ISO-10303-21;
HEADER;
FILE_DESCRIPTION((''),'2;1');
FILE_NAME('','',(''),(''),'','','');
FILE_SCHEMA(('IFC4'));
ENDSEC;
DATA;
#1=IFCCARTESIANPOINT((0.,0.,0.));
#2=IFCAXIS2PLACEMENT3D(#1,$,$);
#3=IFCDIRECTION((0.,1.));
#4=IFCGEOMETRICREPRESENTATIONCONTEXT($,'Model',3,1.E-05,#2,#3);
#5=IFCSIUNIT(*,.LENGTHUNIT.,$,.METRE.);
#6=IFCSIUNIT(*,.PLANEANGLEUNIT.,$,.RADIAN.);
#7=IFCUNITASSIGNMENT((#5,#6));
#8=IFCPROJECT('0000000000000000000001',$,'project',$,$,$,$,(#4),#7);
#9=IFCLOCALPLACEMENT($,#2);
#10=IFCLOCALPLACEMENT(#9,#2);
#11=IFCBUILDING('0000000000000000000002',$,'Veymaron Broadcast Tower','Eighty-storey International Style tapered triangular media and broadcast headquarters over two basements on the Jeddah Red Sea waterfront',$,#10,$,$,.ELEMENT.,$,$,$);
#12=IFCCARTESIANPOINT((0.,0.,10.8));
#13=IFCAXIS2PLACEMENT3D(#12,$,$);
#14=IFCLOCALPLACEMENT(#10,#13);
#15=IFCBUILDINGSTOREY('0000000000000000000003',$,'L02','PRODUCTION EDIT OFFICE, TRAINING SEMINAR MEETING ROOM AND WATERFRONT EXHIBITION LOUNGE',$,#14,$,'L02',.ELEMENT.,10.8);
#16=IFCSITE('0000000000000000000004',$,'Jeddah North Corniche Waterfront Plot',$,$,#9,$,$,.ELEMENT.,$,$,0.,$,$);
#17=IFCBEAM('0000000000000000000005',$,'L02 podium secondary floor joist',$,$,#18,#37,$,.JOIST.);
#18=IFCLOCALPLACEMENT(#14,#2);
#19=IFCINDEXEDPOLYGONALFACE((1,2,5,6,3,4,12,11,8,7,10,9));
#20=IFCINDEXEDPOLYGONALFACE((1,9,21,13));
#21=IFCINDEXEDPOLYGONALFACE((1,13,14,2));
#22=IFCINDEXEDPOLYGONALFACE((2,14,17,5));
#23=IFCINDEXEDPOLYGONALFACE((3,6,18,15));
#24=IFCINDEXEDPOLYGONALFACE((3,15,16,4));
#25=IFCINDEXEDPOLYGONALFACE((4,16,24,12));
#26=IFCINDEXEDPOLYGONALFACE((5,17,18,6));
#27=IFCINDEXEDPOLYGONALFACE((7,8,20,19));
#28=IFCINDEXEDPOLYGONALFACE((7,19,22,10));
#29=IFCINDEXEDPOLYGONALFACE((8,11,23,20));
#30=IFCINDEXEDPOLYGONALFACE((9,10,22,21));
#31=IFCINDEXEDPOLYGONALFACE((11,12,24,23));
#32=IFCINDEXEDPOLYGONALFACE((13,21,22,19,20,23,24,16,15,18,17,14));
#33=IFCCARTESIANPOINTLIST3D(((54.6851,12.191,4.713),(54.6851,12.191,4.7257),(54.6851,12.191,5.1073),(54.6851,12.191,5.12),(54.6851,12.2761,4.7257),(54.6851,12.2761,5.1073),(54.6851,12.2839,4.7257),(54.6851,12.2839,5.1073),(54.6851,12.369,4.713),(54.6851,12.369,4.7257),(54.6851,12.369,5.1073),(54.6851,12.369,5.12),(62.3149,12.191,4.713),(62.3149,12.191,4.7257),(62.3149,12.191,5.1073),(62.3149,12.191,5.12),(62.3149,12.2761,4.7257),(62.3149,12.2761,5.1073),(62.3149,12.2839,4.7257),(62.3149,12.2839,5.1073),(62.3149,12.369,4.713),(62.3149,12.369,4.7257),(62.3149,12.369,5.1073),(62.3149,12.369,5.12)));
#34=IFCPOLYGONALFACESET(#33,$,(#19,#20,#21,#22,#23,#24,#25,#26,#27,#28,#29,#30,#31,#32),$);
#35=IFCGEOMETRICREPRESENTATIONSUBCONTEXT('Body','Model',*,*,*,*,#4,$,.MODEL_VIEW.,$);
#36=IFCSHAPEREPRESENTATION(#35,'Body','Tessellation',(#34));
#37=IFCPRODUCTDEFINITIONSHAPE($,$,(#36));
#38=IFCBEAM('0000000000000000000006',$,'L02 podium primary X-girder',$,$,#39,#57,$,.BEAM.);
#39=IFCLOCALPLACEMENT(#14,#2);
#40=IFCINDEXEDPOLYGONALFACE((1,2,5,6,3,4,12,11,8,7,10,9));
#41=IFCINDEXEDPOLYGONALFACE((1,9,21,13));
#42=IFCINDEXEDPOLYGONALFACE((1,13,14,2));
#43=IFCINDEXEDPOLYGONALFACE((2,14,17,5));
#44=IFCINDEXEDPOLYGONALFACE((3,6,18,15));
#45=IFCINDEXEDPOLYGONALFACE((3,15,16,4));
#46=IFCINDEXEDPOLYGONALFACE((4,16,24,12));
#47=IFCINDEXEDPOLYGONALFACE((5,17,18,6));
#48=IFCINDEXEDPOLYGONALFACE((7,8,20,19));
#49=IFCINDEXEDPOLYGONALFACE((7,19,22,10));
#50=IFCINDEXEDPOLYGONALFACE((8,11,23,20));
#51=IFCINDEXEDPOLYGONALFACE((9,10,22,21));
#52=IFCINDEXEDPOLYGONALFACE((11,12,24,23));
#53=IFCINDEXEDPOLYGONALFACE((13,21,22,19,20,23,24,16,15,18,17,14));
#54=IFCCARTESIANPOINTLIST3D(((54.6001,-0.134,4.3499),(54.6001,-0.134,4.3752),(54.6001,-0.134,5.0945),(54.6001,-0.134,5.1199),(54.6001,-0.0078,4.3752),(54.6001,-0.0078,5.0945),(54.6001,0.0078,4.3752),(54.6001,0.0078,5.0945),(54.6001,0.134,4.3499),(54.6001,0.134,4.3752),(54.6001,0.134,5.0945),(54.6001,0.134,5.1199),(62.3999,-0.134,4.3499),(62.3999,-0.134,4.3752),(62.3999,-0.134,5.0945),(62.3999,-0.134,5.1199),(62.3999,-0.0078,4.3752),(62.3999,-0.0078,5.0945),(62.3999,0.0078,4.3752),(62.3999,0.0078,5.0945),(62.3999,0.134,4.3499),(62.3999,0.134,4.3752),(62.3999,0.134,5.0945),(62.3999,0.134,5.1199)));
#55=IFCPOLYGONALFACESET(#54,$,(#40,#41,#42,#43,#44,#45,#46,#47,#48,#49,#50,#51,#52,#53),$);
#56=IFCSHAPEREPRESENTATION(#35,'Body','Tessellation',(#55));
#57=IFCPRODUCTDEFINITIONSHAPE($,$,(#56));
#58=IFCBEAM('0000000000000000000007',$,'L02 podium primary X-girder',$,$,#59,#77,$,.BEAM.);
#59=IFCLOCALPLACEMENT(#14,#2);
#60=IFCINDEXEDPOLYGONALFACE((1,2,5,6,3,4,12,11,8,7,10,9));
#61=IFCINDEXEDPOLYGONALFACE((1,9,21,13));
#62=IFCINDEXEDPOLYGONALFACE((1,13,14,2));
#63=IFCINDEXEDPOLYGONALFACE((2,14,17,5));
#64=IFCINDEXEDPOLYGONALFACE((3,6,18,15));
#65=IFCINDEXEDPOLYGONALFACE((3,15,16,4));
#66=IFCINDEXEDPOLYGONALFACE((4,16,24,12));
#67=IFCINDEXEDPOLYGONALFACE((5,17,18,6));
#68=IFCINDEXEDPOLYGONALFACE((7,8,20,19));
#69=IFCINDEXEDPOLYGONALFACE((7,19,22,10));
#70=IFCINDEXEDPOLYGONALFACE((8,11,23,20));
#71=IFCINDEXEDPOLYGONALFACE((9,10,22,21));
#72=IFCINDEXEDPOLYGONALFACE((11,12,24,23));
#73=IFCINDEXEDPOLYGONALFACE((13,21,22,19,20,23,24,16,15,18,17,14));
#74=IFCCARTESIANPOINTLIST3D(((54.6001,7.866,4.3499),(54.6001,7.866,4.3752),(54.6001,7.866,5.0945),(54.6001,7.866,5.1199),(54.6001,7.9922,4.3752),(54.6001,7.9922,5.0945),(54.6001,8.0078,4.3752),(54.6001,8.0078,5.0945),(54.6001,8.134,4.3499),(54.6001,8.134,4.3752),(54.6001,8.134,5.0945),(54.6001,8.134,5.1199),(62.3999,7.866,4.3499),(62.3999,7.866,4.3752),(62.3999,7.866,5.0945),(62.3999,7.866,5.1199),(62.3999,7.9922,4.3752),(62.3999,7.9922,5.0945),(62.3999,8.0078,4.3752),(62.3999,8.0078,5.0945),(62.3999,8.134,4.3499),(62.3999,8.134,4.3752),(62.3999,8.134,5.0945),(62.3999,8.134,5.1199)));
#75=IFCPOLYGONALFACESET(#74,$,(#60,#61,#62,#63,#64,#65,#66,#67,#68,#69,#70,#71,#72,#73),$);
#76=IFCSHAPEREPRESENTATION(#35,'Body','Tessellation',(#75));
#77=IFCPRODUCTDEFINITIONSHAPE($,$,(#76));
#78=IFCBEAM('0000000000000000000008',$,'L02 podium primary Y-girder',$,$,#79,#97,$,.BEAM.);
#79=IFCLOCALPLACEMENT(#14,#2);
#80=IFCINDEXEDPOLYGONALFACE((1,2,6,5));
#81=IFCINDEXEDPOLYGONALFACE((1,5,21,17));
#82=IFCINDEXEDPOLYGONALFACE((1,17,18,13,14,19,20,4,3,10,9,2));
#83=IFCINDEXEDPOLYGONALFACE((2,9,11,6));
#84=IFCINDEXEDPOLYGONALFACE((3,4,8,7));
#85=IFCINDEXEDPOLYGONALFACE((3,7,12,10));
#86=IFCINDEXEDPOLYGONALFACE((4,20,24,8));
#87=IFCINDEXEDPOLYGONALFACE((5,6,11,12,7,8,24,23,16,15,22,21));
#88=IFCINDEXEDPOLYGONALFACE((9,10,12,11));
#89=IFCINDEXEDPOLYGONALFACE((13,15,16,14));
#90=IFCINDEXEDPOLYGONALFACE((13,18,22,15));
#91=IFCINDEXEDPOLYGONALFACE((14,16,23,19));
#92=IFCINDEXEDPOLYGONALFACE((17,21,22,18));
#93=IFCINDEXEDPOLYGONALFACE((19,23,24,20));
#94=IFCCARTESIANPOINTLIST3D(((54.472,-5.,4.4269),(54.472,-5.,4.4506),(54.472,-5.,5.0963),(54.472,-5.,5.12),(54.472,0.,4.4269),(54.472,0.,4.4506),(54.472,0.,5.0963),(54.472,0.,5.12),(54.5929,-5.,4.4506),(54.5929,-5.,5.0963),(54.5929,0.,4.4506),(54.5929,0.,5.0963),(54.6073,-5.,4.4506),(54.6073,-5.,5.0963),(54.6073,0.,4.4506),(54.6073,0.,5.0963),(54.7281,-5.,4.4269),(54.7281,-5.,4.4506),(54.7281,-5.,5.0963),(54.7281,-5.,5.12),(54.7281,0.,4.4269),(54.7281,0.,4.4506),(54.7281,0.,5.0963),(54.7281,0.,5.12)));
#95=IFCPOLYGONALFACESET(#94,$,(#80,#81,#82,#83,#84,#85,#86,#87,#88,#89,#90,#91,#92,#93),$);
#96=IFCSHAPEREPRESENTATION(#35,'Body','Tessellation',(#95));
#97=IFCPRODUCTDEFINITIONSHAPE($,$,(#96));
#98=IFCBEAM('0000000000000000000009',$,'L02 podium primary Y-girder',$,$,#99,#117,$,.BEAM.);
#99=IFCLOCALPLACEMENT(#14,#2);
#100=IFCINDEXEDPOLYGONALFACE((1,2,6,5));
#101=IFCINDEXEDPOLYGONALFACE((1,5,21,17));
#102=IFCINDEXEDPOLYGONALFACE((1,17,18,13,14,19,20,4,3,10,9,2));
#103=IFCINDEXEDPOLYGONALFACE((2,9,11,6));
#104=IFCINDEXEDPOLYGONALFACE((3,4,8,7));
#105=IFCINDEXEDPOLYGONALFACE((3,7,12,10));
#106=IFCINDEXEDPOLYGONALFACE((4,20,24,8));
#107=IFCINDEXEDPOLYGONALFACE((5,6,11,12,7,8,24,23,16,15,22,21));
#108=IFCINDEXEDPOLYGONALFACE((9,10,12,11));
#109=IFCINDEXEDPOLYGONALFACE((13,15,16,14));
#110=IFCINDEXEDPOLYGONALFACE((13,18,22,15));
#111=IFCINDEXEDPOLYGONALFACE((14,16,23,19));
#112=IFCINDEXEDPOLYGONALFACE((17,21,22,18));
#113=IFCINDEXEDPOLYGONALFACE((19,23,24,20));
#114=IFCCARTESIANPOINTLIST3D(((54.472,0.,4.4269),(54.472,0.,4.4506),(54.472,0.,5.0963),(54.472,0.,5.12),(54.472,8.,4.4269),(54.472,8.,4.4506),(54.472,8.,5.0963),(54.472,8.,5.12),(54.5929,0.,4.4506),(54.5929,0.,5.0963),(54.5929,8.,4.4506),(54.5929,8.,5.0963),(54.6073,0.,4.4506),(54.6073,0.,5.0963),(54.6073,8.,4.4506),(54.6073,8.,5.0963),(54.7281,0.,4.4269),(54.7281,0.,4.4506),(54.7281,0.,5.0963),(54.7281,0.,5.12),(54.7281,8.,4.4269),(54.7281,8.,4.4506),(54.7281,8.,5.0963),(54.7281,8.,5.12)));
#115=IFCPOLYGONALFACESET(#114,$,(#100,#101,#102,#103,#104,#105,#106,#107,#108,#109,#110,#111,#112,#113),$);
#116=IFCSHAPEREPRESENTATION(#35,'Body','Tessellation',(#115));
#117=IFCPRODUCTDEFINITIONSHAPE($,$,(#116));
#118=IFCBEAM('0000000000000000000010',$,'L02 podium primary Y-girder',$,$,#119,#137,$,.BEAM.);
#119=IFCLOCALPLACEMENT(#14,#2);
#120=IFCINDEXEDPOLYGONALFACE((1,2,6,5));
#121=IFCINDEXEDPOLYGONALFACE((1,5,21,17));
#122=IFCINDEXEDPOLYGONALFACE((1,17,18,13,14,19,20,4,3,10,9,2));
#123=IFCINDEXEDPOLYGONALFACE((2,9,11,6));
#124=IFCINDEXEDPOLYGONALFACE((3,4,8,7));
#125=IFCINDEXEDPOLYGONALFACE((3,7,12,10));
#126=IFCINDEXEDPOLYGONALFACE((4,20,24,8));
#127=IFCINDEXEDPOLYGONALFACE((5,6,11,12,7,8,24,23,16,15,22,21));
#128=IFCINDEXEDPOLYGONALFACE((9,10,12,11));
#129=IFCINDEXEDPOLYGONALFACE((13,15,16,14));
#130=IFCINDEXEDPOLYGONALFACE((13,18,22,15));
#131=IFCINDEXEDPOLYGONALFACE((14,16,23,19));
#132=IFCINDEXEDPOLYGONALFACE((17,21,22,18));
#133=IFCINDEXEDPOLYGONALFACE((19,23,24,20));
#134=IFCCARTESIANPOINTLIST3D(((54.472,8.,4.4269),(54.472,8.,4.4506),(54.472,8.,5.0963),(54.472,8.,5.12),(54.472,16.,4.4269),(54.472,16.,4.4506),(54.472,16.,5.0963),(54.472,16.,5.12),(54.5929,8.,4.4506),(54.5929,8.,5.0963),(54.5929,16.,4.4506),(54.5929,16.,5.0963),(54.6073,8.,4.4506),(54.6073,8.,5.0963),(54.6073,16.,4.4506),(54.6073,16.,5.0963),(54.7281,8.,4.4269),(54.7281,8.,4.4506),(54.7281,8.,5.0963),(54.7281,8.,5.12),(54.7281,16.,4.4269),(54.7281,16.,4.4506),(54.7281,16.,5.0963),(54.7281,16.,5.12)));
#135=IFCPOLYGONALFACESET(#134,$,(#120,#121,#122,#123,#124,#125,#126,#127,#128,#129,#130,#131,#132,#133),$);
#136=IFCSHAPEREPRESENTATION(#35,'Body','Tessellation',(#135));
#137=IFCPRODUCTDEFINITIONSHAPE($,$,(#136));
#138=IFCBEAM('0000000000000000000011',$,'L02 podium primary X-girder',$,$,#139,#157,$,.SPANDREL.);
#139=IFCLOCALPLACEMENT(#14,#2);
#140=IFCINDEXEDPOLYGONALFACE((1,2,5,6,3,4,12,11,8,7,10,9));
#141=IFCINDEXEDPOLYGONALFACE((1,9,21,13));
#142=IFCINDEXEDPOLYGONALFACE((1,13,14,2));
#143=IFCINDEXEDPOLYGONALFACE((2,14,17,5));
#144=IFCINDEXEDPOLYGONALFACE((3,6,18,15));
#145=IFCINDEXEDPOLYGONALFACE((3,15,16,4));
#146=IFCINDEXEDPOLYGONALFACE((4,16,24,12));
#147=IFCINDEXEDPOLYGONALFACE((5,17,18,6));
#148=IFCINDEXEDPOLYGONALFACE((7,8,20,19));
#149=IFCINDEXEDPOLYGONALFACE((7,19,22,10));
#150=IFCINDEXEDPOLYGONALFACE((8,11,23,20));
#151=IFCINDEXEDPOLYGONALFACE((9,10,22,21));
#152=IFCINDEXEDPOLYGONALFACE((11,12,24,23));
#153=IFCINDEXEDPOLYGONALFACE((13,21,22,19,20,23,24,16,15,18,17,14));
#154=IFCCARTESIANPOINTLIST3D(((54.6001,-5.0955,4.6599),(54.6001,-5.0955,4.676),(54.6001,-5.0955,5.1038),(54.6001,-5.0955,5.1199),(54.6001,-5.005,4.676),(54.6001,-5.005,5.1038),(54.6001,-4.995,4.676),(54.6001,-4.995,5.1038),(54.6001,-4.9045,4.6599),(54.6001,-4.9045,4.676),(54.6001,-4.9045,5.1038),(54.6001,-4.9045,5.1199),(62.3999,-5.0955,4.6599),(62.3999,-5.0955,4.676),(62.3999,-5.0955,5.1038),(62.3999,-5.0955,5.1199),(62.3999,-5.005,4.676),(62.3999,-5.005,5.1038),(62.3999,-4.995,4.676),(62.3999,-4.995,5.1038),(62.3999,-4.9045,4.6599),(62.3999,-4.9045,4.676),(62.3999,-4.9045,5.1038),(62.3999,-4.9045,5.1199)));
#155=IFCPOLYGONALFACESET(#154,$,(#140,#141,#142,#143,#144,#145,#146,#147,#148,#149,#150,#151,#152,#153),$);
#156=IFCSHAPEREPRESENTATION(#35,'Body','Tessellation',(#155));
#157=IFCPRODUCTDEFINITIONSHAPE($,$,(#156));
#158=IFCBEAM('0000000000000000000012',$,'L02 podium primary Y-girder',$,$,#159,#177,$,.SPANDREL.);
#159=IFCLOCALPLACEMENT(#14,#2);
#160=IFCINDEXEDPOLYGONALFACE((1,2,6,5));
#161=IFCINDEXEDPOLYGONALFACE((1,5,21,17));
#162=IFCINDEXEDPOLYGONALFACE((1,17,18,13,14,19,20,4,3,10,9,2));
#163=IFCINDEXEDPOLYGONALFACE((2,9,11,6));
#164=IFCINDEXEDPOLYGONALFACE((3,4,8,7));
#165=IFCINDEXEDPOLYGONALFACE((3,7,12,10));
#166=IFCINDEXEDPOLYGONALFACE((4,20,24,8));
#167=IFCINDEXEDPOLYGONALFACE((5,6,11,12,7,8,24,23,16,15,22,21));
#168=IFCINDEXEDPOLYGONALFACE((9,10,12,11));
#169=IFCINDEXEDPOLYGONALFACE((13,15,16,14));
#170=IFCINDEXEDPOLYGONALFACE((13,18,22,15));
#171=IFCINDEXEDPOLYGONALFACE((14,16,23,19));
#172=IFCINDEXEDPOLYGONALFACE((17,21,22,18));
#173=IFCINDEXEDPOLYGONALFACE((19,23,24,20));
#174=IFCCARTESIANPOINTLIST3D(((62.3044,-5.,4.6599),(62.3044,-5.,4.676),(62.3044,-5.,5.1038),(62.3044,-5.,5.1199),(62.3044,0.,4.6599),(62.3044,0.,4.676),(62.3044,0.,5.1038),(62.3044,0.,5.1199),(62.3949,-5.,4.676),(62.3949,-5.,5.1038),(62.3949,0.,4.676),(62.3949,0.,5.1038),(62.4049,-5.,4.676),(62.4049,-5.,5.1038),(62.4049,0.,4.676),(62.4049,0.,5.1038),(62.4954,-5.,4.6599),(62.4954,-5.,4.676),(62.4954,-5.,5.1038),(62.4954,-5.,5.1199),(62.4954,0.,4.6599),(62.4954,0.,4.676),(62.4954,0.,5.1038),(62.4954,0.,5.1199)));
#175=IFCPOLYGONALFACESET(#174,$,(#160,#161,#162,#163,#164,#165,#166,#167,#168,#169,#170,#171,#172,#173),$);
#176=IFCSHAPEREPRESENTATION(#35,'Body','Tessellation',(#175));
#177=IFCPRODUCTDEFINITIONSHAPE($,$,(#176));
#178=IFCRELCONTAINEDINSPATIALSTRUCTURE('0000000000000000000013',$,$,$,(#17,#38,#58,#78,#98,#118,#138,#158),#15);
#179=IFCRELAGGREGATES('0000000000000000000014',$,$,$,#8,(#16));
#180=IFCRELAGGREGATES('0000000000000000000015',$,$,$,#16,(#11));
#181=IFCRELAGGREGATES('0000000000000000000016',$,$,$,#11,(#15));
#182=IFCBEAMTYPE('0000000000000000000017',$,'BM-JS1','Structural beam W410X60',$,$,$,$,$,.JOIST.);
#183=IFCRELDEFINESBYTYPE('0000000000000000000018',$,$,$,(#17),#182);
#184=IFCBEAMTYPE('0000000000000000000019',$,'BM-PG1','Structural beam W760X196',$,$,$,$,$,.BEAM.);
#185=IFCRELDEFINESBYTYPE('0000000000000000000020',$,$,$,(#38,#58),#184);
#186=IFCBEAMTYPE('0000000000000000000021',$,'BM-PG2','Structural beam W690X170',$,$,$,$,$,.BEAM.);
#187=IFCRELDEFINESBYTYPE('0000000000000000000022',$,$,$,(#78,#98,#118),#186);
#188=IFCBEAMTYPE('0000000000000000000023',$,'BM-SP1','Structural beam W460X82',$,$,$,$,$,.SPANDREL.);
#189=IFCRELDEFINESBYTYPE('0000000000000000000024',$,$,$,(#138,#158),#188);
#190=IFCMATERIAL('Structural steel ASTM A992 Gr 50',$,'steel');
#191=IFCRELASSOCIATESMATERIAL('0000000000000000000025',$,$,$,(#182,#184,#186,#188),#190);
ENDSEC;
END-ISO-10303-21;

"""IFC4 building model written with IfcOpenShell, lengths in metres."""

from ifc_helpers import new_model, si_unit, direction, frame, origin, origin_2d, place, context, subcontext, project, spatial, i_section, extrude, material, material_profile, profile_set, type_object, element, save


model = new_model("IFC4")

# Units and contexts
model_context = context("Model", 3, precision=1e-05, world=origin(), true_north=direction((0.0, 1.0)))
body_context = subcontext(model_context, "Body", "Model", "MODEL_VIEW")
ifc_project = project(units=[si_unit("LENGTHUNIT", "METRE"), si_unit("PLANEANGLEUNIT", "RADIAN")], contexts=[model_context])

# Site, building, storey
site_placement = place(None, origin())
site = spatial("IfcSite", under=ifc_project, at=site_placement, Name="Jeddah North Corniche Waterfront Plot", CompositionType="ELEMENT", RefElevation=0.0)
building_placement = place(site_placement, origin())
building = spatial("IfcBuilding", under=site, at=building_placement, Name="Veymaron Broadcast Tower", Description="Eighty-storey International Style tapered triangular media and broadcast headquarters over two basements on the Jeddah Red Sea waterfront", CompositionType="ELEMENT")
storey_placement = place(building_placement, frame((0.0, 0.0, 10.8)))
storey = spatial("IfcBuildingStorey", under=building, at=storey_placement, Name="L02", Description="PRODUCTION EDIT OFFICE, TRAINING SEMINAR MEETING ROOM AND WATERFRONT EXHIBITION LOUNGE", LongName="L02", CompositionType="ELEMENT", Elevation=10.8)

# Beams
ifc_material_1 = material(Name="Structural steel ASTM A992 Gr 50", Category="steel")
ifc_material_profile_1 = material_profile(ifc_material_1, i_section(OverallWidth=0.178, OverallDepth=0.407, WebThickness=0.0078, FlangeThickness=0.0127, at=origin_2d()), Name="W410X60")
ifc_profile_set_1 = profile_set([ifc_material_profile_1], Name="Structural steel ASTM A992 Gr 50")
beam_type_1 = type_object("IfcBeamType", Name="BM-JS1", Description="Structural beam W410X60", PredefinedType="JOIST", material=ifc_profile_set_1)
for number, where, z_axis, x_axis, name in (
    (1, (54.6851, 12.28, 4.9165), (1.0, 0.0, 0.0), (0.0, 1.0, 0.0), "L02 podium secondary floor joist"),
):
    element("IfcBeam", number, at=place(storey_placement, frame(where, z_axis=z_axis, x_axis=x_axis)), inside=storey, type_object=beam_type_1, Name=name, PredefinedType="JOIST", context=body_context, shape_type="SweptSolid", body=[
        extrude(i_section(OverallWidth=0.178, OverallDepth=0.407, WebThickness=0.0078, FlangeThickness=0.0127, at=origin_2d()), origin(), (0.0, 0.0, 1.0), 7.6299),
    ])
ifc_material_profile_2 = material_profile(ifc_material_1, i_section(OverallWidth=0.2681, OverallDepth=0.77, WebThickness=0.0156, FlangeThickness=0.0254, at=origin_2d()), Name="W760X196")
ifc_profile_set_2 = profile_set([ifc_material_profile_2], Name="Structural steel ASTM A992 Gr 50")
beam_type_2 = type_object("IfcBeamType", Name="BM-PG1", Description="Structural beam W760X196", PredefinedType="BEAM", material=ifc_profile_set_2)
for number, where, z_axis, x_axis, name in (
    (2, (54.6001, 0.0, 4.7349), (1.0, 0.0, 0.0), (0.0, 1.0, 0.0), "L02 podium primary X-girder"),
    (3, (54.6001, 8.0, 4.7349), (1.0, 0.0, 0.0), (0.0, 1.0, 0.0), "L02 podium primary X-girder"),
):
    element("IfcBeam", number, at=place(storey_placement, frame(where, z_axis=z_axis, x_axis=x_axis)), inside=storey, type_object=beam_type_2, Name=name, PredefinedType="BEAM", context=body_context, shape_type="SweptSolid", body=[
        extrude(i_section(OverallWidth=0.2681, OverallDepth=0.77, WebThickness=0.0156, FlangeThickness=0.0254, at=origin_2d()), origin(), (0.0, 0.0, 1.0), 7.7998),
    ])
ifc_material_profile_3 = material_profile(ifc_material_1, i_section(OverallWidth=0.2561, OverallDepth=0.6931, WebThickness=0.0144, FlangeThickness=0.0237, at=origin_2d()), Name="W690X170")
ifc_profile_set_3 = profile_set([ifc_material_profile_3], Name="Structural steel ASTM A992 Gr 50")
beam_type_3 = type_object("IfcBeamType", Name="BM-PG2", Description="Structural beam W690X170", PredefinedType="BEAM", material=ifc_profile_set_3)
beam_1_placement = place(storey_placement, frame((54.6001, -5.0, 4.7734), z_axis=(0.0, 1.0, 0.0), x_axis=(-1.0, 0.0, 0.0)))
element("IfcBeam", 4, at=beam_1_placement, inside=storey, type_object=beam_type_3, Name="L02 podium primary Y-girder", PredefinedType="BEAM", context=body_context, shape_type="SweptSolid", body=[
    extrude(i_section(OverallWidth=0.2561, OverallDepth=0.6931, WebThickness=0.0144, FlangeThickness=0.0237, at=origin_2d()), origin(), (0.0, 0.0, 1.0), 5.0),
])
for number, where, z_axis, x_axis, name in (
    (5, (54.6001, 0.0, 4.7734), (0.0, 1.0, 0.0), (-1.0, 0.0, 0.0), "L02 podium primary Y-girder"),
    (6, (54.6001, 8.0, 4.7734), (0.0, 1.0, 0.0), (-1.0, 0.0, 0.0), "L02 podium primary Y-girder"),
):
    element("IfcBeam", number, at=place(storey_placement, frame(where, z_axis=z_axis, x_axis=x_axis)), inside=storey, type_object=beam_type_3, Name=name, PredefinedType="BEAM", context=body_context, shape_type="SweptSolid", body=[
        extrude(i_section(OverallWidth=0.2561, OverallDepth=0.6931, WebThickness=0.0144, FlangeThickness=0.0237, at=origin_2d()), origin(), (0.0, 0.0, 1.0), 8.0),
    ])
ifc_material_profile_4 = material_profile(ifc_material_1, i_section(OverallWidth=0.1909, OverallDepth=0.46, WebThickness=0.01, FlangeThickness=0.0161, at=origin_2d()), Name="W460X82")
ifc_profile_set_4 = profile_set([ifc_material_profile_4], Name="Structural steel ASTM A992 Gr 50")
beam_type_4 = type_object("IfcBeamType", Name="BM-SP1", Description="Structural beam W460X82", PredefinedType="SPANDREL", material=ifc_profile_set_4)
beam_2_placement = place(storey_placement, frame((54.6001, -5.0, 4.8899), z_axis=(1.0, 0.0, 0.0), x_axis=(0.0, 1.0, 0.0)))
element("IfcBeam", 7, at=beam_2_placement, inside=storey, type_object=beam_type_4, Name="L02 podium primary X-girder", PredefinedType="SPANDREL", context=body_context, shape_type="SweptSolid", body=[
    extrude(i_section(OverallWidth=0.1909, OverallDepth=0.46, WebThickness=0.01, FlangeThickness=0.0161, at=origin_2d()), origin(), (0.0, 0.0, 1.0), 7.7998),
])
beam_3_placement = place(storey_placement, frame((62.3999, -5.0, 4.8899), z_axis=(0.0, 1.0, 0.0), x_axis=(-1.0, 0.0, 0.0)))
element("IfcBeam", 8, at=beam_3_placement, inside=storey, type_object=beam_type_4, Name="L02 podium primary Y-girder", PredefinedType="SPANDREL", context=body_context, shape_type="SweptSolid", body=[
    extrude(i_section(OverallWidth=0.1909, OverallDepth=0.46, WebThickness=0.01, FlangeThickness=0.0161, at=origin_2d()), origin(), (0.0, 0.0, 1.0), 5.0),
])

save(model, "model.ifc")
